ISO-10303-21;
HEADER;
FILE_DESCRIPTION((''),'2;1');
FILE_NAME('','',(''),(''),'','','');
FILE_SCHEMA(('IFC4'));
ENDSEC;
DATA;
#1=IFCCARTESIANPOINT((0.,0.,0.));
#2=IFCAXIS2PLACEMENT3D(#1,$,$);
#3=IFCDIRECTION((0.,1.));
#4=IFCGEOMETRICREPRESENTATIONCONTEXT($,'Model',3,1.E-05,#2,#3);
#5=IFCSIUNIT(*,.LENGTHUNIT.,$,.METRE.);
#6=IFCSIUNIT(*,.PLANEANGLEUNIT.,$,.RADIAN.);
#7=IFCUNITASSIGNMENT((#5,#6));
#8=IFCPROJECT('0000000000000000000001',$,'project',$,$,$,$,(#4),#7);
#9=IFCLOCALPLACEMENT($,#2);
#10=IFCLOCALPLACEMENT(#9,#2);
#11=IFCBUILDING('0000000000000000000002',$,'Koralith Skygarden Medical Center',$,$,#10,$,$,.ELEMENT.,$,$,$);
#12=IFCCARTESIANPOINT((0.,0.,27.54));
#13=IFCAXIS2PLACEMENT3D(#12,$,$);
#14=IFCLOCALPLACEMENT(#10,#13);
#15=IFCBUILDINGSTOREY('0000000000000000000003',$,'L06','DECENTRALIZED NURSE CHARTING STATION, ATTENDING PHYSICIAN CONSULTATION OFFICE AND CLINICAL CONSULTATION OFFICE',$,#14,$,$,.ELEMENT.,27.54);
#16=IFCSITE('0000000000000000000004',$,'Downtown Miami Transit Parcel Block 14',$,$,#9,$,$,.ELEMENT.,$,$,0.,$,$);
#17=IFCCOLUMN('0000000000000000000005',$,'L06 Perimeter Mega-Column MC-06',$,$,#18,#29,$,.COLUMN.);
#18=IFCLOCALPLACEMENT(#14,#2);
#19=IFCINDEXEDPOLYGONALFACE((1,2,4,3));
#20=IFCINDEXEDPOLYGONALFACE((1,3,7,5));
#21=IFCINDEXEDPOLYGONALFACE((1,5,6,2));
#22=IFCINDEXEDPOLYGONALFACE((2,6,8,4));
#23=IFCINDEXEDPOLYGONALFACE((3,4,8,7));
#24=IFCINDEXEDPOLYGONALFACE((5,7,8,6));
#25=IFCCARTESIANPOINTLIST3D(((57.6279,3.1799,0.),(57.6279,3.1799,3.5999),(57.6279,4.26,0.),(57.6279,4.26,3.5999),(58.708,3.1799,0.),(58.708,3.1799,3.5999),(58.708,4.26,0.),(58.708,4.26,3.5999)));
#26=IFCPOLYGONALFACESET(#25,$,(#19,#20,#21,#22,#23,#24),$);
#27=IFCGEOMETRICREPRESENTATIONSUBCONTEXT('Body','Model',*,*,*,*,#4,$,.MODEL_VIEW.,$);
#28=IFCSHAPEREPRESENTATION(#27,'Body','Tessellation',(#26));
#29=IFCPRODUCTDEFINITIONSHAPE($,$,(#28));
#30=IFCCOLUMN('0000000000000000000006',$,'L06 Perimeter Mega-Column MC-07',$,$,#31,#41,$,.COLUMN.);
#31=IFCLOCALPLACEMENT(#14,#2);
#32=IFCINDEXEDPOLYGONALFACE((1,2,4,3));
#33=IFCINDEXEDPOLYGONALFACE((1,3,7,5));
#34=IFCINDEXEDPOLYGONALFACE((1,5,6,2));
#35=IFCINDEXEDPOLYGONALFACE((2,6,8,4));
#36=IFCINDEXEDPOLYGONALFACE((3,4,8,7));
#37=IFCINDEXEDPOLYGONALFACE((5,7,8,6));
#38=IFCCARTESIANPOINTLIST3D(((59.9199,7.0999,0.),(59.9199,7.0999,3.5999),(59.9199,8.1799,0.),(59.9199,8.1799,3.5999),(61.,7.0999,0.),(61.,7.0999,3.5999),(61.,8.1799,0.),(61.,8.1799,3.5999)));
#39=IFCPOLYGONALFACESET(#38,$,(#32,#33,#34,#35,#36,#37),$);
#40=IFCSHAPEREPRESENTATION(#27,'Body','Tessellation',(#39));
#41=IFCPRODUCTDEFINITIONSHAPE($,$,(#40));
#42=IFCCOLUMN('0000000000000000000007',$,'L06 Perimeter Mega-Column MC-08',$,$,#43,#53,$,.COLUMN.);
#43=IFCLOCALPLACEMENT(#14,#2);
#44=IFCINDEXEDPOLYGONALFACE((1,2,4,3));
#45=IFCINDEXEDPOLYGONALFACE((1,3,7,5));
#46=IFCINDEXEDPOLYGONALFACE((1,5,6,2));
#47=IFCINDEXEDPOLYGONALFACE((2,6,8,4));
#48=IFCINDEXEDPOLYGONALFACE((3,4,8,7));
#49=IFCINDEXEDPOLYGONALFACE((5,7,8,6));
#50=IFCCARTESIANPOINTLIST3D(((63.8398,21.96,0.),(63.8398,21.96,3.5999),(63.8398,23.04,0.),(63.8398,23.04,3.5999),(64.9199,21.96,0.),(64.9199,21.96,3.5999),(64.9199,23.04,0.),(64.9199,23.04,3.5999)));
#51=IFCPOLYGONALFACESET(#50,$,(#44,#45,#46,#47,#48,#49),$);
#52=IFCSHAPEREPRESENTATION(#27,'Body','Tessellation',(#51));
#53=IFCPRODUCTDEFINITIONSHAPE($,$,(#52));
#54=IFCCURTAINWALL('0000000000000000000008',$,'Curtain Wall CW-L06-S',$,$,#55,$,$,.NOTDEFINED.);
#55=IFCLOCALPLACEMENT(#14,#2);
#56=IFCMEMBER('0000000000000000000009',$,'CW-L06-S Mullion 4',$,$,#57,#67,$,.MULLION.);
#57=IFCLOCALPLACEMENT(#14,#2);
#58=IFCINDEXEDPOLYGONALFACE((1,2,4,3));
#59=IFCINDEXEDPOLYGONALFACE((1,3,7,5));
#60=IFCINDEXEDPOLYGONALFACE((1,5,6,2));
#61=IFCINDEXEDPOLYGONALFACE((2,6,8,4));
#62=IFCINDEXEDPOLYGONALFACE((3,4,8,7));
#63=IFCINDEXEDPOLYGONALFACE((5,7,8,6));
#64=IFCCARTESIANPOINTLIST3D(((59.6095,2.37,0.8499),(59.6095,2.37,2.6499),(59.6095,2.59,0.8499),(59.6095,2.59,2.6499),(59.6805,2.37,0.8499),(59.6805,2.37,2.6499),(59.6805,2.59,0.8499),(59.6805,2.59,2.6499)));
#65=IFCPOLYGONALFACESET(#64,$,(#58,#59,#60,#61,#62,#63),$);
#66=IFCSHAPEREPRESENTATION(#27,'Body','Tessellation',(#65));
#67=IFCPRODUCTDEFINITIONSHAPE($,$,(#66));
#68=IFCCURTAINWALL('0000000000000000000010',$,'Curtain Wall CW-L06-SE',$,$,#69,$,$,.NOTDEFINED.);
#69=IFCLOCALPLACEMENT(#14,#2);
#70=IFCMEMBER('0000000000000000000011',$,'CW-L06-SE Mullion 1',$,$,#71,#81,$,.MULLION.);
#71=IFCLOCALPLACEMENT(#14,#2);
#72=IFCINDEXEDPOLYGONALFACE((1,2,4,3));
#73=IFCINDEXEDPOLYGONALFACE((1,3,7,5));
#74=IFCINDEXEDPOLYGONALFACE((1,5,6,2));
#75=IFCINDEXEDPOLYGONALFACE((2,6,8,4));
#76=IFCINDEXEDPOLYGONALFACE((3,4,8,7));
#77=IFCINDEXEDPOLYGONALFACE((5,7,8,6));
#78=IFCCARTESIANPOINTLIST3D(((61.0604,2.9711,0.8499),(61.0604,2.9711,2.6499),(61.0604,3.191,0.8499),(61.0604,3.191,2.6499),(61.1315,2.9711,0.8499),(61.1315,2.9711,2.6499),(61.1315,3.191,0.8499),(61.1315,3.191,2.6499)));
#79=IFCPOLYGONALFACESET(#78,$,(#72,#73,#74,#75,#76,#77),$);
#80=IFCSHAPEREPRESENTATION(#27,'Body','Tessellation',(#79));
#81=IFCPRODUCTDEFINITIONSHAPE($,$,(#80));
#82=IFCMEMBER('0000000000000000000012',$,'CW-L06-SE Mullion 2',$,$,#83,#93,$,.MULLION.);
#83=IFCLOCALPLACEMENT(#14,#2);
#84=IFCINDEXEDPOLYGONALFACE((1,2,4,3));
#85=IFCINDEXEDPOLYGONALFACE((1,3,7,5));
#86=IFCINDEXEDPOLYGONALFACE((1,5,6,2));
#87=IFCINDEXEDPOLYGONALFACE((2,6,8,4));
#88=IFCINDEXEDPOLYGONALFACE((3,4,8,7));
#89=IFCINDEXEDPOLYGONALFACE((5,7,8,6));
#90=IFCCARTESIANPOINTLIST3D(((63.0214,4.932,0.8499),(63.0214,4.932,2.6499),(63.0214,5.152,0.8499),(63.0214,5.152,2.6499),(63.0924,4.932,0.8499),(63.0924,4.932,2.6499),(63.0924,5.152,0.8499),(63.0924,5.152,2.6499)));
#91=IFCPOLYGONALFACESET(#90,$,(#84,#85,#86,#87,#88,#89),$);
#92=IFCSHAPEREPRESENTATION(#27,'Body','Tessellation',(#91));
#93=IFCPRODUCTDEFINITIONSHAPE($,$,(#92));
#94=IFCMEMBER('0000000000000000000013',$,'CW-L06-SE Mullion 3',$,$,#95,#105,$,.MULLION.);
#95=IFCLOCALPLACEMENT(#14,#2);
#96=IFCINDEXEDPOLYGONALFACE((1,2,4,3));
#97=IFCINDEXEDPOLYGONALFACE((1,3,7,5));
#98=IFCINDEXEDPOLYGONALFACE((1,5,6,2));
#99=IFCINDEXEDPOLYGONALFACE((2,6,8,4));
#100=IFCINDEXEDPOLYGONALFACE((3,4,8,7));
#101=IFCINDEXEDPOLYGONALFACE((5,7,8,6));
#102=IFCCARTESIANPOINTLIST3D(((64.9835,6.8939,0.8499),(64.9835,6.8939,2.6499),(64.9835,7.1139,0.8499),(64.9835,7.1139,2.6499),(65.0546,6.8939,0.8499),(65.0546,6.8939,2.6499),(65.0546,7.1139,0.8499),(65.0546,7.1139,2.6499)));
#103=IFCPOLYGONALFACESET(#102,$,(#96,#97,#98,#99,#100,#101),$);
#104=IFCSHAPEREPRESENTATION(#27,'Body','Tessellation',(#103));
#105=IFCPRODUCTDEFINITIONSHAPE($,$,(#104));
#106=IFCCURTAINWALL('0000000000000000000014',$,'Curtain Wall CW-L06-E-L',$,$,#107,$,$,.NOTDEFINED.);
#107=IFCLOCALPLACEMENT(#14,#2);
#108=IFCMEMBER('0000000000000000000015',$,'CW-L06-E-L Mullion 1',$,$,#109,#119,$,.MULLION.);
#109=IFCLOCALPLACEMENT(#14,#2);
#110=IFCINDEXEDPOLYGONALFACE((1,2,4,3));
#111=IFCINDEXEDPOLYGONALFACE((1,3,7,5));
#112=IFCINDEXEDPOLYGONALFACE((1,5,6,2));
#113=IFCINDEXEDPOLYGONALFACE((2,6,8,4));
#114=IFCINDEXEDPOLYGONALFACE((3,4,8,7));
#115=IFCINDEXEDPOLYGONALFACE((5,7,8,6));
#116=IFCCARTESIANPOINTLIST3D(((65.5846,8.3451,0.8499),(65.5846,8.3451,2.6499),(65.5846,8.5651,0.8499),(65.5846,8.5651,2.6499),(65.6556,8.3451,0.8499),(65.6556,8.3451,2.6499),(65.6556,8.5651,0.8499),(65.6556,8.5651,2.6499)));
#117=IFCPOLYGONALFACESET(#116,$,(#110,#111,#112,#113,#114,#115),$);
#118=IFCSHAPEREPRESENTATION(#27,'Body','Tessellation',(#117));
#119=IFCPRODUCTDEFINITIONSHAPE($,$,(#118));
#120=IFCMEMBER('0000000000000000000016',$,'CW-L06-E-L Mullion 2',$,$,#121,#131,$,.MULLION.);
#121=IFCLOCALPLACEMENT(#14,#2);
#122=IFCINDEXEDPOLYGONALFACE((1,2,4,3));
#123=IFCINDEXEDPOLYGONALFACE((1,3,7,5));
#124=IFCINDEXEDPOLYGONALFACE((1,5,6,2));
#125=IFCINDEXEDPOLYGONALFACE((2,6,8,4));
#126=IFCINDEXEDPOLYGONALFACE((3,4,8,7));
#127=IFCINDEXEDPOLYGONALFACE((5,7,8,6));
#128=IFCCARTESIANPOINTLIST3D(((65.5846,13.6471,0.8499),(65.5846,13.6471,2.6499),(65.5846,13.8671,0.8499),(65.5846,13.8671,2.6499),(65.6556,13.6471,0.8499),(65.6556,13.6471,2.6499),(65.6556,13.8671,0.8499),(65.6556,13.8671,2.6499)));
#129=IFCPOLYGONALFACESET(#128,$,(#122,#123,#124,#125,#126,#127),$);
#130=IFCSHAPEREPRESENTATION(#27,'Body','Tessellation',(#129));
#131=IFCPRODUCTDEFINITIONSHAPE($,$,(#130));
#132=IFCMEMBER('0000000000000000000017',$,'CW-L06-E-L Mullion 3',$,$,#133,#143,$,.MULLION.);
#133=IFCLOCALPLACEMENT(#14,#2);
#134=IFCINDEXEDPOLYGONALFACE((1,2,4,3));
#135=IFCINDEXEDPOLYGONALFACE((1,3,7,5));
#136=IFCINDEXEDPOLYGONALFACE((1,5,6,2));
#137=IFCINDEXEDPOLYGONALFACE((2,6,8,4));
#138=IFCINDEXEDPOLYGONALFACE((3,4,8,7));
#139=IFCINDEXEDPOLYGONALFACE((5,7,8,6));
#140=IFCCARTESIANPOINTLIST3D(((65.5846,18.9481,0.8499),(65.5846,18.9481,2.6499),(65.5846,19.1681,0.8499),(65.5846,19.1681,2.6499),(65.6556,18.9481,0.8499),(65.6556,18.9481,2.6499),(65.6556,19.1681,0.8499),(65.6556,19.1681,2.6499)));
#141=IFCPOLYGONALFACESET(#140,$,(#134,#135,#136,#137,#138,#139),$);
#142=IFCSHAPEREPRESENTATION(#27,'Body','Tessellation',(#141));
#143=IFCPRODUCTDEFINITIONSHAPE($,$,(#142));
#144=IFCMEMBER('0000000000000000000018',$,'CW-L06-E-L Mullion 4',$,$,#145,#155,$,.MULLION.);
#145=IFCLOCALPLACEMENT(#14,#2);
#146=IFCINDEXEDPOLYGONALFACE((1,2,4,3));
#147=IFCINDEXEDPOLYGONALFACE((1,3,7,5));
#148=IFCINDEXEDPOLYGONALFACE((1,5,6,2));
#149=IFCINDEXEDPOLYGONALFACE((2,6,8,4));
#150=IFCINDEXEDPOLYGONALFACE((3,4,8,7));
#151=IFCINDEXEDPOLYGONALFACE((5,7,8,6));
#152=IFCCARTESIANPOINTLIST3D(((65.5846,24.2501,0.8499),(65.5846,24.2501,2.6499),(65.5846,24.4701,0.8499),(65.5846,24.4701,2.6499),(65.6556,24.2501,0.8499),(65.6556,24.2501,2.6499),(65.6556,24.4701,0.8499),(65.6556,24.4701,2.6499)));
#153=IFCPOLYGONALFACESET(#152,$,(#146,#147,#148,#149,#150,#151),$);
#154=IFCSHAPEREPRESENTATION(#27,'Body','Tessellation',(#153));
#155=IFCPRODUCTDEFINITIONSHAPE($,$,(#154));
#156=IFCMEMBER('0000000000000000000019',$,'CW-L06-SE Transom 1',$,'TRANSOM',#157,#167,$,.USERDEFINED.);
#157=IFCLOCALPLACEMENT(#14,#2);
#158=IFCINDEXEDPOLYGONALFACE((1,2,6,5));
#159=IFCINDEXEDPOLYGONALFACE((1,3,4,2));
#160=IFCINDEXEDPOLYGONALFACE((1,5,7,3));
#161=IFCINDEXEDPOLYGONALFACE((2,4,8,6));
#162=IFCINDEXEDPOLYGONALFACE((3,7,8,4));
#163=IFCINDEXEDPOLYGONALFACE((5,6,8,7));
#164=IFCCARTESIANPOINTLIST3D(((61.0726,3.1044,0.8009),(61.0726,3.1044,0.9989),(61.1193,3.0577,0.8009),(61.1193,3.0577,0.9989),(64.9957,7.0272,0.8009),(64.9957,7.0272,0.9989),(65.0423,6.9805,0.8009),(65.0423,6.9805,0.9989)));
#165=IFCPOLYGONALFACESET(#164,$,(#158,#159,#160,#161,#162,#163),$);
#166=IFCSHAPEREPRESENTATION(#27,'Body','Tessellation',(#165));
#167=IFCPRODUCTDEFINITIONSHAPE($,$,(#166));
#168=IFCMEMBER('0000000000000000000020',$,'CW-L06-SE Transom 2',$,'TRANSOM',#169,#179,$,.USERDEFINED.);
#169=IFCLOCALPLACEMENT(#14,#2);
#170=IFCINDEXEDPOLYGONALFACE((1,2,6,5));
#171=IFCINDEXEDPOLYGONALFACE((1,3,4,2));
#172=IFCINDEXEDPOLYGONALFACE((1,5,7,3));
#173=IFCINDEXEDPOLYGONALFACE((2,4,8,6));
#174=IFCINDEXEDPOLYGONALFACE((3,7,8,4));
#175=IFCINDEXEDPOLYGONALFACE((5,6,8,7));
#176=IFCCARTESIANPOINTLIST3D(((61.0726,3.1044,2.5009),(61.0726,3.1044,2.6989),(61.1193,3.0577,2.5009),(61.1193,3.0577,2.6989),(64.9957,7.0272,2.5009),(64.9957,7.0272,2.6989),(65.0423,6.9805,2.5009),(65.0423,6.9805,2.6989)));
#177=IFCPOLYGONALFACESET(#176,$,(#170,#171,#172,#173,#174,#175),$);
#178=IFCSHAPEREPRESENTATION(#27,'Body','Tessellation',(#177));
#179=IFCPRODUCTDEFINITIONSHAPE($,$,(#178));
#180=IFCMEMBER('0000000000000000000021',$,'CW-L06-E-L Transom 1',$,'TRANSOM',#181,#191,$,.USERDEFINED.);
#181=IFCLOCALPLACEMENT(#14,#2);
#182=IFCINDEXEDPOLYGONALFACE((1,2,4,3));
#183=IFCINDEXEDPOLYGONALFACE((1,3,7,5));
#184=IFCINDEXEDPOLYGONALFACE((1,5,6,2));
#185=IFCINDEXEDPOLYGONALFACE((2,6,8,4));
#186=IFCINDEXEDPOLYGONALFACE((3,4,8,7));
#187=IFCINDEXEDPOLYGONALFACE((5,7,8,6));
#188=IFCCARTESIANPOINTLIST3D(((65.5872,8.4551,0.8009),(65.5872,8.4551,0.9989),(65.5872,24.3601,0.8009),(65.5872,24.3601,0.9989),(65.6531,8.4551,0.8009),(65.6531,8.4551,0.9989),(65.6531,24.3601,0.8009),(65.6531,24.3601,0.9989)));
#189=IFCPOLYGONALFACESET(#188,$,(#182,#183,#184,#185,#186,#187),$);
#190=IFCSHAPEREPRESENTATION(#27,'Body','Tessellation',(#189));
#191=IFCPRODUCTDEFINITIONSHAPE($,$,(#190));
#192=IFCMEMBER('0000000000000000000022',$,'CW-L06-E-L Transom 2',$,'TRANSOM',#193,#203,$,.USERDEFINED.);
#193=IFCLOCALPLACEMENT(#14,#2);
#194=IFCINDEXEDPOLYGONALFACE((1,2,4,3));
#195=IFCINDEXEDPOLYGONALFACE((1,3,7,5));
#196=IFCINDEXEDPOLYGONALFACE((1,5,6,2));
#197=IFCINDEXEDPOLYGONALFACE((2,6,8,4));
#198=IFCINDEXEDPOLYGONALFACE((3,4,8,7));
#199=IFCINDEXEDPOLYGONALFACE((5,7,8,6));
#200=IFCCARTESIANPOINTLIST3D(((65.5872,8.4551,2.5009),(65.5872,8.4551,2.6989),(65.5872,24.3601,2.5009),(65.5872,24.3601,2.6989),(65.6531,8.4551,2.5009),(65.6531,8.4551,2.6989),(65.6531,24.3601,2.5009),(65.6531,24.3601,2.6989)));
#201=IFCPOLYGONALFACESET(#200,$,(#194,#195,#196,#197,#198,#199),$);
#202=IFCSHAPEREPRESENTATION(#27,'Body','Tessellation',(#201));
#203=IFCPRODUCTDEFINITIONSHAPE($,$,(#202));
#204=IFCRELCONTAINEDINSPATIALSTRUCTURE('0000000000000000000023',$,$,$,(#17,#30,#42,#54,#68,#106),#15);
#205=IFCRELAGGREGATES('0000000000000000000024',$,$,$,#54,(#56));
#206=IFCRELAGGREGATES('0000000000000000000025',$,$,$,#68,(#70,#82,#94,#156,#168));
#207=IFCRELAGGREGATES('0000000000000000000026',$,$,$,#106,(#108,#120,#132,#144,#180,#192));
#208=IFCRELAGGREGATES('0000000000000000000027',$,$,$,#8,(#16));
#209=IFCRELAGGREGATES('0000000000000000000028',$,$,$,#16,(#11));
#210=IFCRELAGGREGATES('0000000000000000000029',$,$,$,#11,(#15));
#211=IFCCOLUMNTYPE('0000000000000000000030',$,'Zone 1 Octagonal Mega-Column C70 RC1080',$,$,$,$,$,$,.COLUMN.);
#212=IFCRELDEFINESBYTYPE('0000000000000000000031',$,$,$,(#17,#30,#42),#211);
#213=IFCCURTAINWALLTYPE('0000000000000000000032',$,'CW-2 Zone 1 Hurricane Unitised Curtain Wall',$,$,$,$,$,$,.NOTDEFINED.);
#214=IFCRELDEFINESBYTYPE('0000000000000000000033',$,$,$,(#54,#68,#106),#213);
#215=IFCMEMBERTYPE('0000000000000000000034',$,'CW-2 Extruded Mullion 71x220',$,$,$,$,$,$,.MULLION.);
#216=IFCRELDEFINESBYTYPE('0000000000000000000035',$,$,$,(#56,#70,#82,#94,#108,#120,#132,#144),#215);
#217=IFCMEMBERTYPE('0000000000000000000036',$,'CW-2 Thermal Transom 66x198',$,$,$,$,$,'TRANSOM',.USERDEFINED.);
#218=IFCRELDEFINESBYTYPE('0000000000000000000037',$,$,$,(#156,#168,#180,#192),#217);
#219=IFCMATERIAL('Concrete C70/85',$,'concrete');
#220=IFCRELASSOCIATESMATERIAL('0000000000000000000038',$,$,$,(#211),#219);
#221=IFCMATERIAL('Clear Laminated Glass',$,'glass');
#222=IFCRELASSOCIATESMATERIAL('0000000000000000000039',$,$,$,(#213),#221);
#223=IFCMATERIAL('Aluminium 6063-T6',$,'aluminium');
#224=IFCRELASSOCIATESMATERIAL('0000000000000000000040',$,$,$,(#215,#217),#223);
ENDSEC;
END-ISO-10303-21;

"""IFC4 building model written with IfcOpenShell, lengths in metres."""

from ifc_helpers import new_model, si_unit, direction, frame, origin, origin_2d, place, context, subcontext, project, spatial, rectangle, extrude, material, material_profile, profile_set, type_object, element, aggregate, save


model = new_model("IFC4")

# Units and contexts
model_context = context("Model", 3, precision=1e-05, world=origin(), true_north=direction((0.0, 1.0)))
body_context = subcontext(model_context, "Body", "Model", "MODEL_VIEW")
ifc_project = project(units=[si_unit("LENGTHUNIT", "METRE"), si_unit("PLANEANGLEUNIT", "RADIAN")], contexts=[model_context])

# Site, building, storey
site_placement = place(None, origin())
site = spatial("IfcSite", under=ifc_project, at=site_placement, Name="Downtown Miami Transit Parcel Block 14", CompositionType="ELEMENT", RefElevation=0.0)
building_placement = place(site_placement, origin())
building = spatial("IfcBuilding", under=site, at=building_placement, Name="Koralith Skygarden Medical Center", CompositionType="ELEMENT")
storey_placement = place(building_placement, frame((0.0, 0.0, 27.54)))
storey = spatial("IfcBuildingStorey", under=building, at=storey_placement, Name="L06", Description="DECENTRALIZED NURSE CHARTING STATION, ATTENDING PHYSICIAN CONSULTATION OFFICE AND CLINICAL CONSULTATION OFFICE", CompositionType="ELEMENT", Elevation=27.54)

# Columns
ifc_material_1 = material(Name="Concrete C70/85", Category="concrete")
ifc_material_profile_1 = material_profile(ifc_material_1, rectangle(XDim=1.0801, YDim=1.0801, at=origin_2d()), Name="RC1080X1080")
ifc_profile_set_1 = profile_set([ifc_material_profile_1], Name="Concrete C70/85")
column_type = type_object("IfcColumnType", Name="Zone 1 Octagonal Mega-Column C70 RC1080", PredefinedType="COLUMN", material=ifc_profile_set_1)
for number, where, z_axis, x_axis, name in (
    (1, (58.168, 3.72, 0.0), (0.0, 0.0, 1.0), (1.0, 0.0, 0.0), "L06 Perimeter Mega-Column MC-06"),
    (2, (60.46, 7.6399, 0.0), (0.0, 0.0, 1.0), (1.0, 0.0, 0.0), "L06 Perimeter Mega-Column MC-07"),
    (3, (64.3799, 22.5, 0.0), (0.0, 0.0, 1.0), (1.0, 0.0, 0.0), "L06 Perimeter Mega-Column MC-08"),
):
    element("IfcColumn", number, at=place(storey_placement, frame(where, z_axis=z_axis, x_axis=x_axis)), inside=storey, type_object=column_type, Name=name, PredefinedType="COLUMN", context=body_context, shape_type="SweptSolid", body=[
        extrude(rectangle(XDim=1.0801, YDim=1.0801, at=origin_2d()), origin(), (0.0, 0.0, 1.0), 3.5999),
    ])

# Curtain wall, member
ifc_material_2 = material(Name="Clear Laminated Glass", Category="glass")
curtain_wall_type = type_object("IfcCurtainWallType", Name="CW-2 Zone 1 Hurricane Unitised Curtain Wall", PredefinedType="NOTDEFINED", material=ifc_material_2)
curtain_wall_1_placement = place(storey_placement, origin())
curtain_wall_1 = element("IfcCurtainWall", 4, at=curtain_wall_1_placement, inside=storey, type_object=curtain_wall_type, Name="Curtain Wall CW-L06-S", PredefinedType="NOTDEFINED")
ifc_material_3 = material(Name="Aluminium 6063-T6", Category="aluminium")
ifc_material_profile_2 = material_profile(ifc_material_3, rectangle(XDim=0.071, YDim=0.22, at=origin_2d()), Name="MUL71X220")
ifc_profile_set_2 = profile_set([ifc_material_profile_2], Name="Aluminium 6063-T6")
member_type_1 = type_object("IfcMemberType", Name="CW-2 Extruded Mullion 71x220", PredefinedType="MULLION", material=ifc_profile_set_2)
member_1_placement = place(storey_placement, frame((59.645, 2.48, 0.8499), z_axis=(0.0, 0.0, 1.0), x_axis=(1.0, 0.0, 0.0)))
member_1 = element("IfcMember", 5, at=member_1_placement, type_object=member_type_1, Name="CW-L06-S Mullion 4", PredefinedType="MULLION", context=body_context, shape_type="SweptSolid", body=[
    extrude(rectangle(XDim=0.071, YDim=0.22, at=origin_2d()), origin(), (0.0, 0.0, 1.0), 1.8),
])

# Curtain walls, members
curtain_wall_2_placement = place(storey_placement, origin())
curtain_wall_2 = element("IfcCurtainWall", 6, at=curtain_wall_2_placement, inside=storey, type_object=curtain_wall_type, Name="Curtain Wall CW-L06-SE", PredefinedType="NOTDEFINED")
member_2_placement = place(storey_placement, frame((61.0959, 3.0811, 0.8499), z_axis=(0.0, 0.0, 1.0), x_axis=(1.0, 0.0, 0.0)))
member_2 = element("IfcMember", 7, at=member_2_placement, type_object=member_type_1, Name="CW-L06-SE Mullion 1", PredefinedType="MULLION", context=body_context, shape_type="SweptSolid", body=[
    extrude(rectangle(XDim=0.071, YDim=0.22, at=origin_2d()), origin(), (0.0, 0.0, 1.0), 1.8),
])
member_3_placement = place(storey_placement, frame((63.0569, 5.042, 0.8499), z_axis=(0.0, 0.0, 1.0), x_axis=(1.0, 0.0, 0.0)))
member_3 = element("IfcMember", 8, at=member_3_placement, type_object=member_type_1, Name="CW-L06-SE Mullion 2", PredefinedType="MULLION", context=body_context, shape_type="SweptSolid", body=[
    extrude(rectangle(XDim=0.071, YDim=0.22, at=origin_2d()), origin(), (0.0, 0.0, 1.0), 1.8),
])
member_4_placement = place(storey_placement, frame((65.019, 7.0039, 0.8499), z_axis=(0.0, 0.0, 1.0), x_axis=(1.0, 0.0, 0.0)))
member_4 = element("IfcMember", 9, at=member_4_placement, type_object=member_type_1, Name="CW-L06-SE Mullion 3", PredefinedType="MULLION", context=body_context, shape_type="SweptSolid", body=[
    extrude(rectangle(XDim=0.071, YDim=0.22, at=origin_2d()), origin(), (0.0, 0.0, 1.0), 1.8),
])
curtain_wall_3_placement = place(storey_placement, origin())
curtain_wall_3 = element("IfcCurtainWall", 10, at=curtain_wall_3_placement, inside=storey, type_object=curtain_wall_type, Name="Curtain Wall CW-L06-E-L", PredefinedType="NOTDEFINED")
member_5_placement = place(storey_placement, frame((65.6201, 8.4551, 0.8499), z_axis=(0.0, 0.0, 1.0), x_axis=(1.0, 0.0, 0.0)))
member_5 = element("IfcMember", 11, at=member_5_placement, type_object=member_type_1, Name="CW-L06-E-L Mullion 1", PredefinedType="MULLION", context=body_context, shape_type="SweptSolid", body=[
    extrude(rectangle(XDim=0.071, YDim=0.22, at=origin_2d()), origin(), (0.0, 0.0, 1.0), 1.8),
])
member_6_placement = place(storey_placement, frame((65.6201, 13.7571, 0.8499), z_axis=(0.0, 0.0, 1.0), x_axis=(1.0, 0.0, 0.0)))
member_6 = element("IfcMember", 12, at=member_6_placement, type_object=member_type_1, Name="CW-L06-E-L Mullion 2", PredefinedType="MULLION", context=body_context, shape_type="SweptSolid", body=[
    extrude(rectangle(XDim=0.071, YDim=0.22, at=origin_2d()), origin(), (0.0, 0.0, 1.0), 1.8),
])
member_7_placement = place(storey_placement, frame((65.6201, 19.0581, 0.8499), z_axis=(0.0, 0.0, 1.0), x_axis=(1.0, 0.0, 0.0)))
member_7 = element("IfcMember", 13, at=member_7_placement, type_object=member_type_1, Name="CW-L06-E-L Mullion 3", PredefinedType="MULLION", context=body_context, shape_type="SweptSolid", body=[
    extrude(rectangle(XDim=0.071, YDim=0.22, at=origin_2d()), origin(), (0.0, 0.0, 1.0), 1.8),
])
member_8_placement = place(storey_placement, frame((65.6201, 24.3601, 0.8499), z_axis=(0.0, 0.0, 1.0), x_axis=(1.0, 0.0, 0.0)))
member_8 = element("IfcMember", 14, at=member_8_placement, type_object=member_type_1, Name="CW-L06-E-L Mullion 4", PredefinedType="MULLION", context=body_context, shape_type="SweptSolid", body=[
    extrude(rectangle(XDim=0.071, YDim=0.22, at=origin_2d()), origin(), (0.0, 0.0, 1.0), 1.8),
])

# Members
ifc_material_profile_3 = material_profile(ifc_material_3, rectangle(XDim=0.0659, YDim=0.198, at=origin_2d()), Name="TRN66X198")
ifc_profile_set_3 = profile_set([ifc_material_profile_3], Name="Aluminium 6063-T6")
member_type_2 = type_object("IfcMemberType", Name="CW-2 Thermal Transom 66x198", ElementType="TRANSOM", PredefinedType="USERDEFINED", material=ifc_profile_set_3)
member_9_placement = place(storey_placement, frame((61.0959, 3.0811, 0.8999), z_axis=(0.707129, 0.707085, 0.0), x_axis=(-0.707085, 0.707129, 0.0)))
member_9 = element("IfcMember", 15, at=member_9_placement, type_object=member_type_2, Name="CW-L06-SE Transom 1", ObjectType="TRANSOM", PredefinedType="USERDEFINED", context=body_context, shape_type="SweptSolid", body=[
    extrude(rectangle(XDim=0.0659, YDim=0.198, at=origin_2d()), origin(), (0.0, 0.0, 1.0), 5.5479),
])
member_10_placement = place(storey_placement, frame((61.0959, 3.0811, 2.5999), z_axis=(0.707129, 0.707085, 0.0), x_axis=(-0.707085, 0.707129, 0.0)))
member_10 = element("IfcMember", 16, at=member_10_placement, type_object=member_type_2, Name="CW-L06-SE Transom 2", ObjectType="TRANSOM", PredefinedType="USERDEFINED", context=body_context, shape_type="SweptSolid", body=[
    extrude(rectangle(XDim=0.0659, YDim=0.198, at=origin_2d()), origin(), (0.0, 0.0, 1.0), 5.5479),
])
member_11_placement = place(storey_placement, frame((65.6201, 8.4551, 0.8999), z_axis=(0.0, 1.0, 0.0), x_axis=(-1.0, 0.0, 0.0)))
member_11 = element("IfcMember", 17, at=member_11_placement, type_object=member_type_2, Name="CW-L06-E-L Transom 1", ObjectType="TRANSOM", PredefinedType="USERDEFINED", context=body_context, shape_type="SweptSolid", body=[
    extrude(rectangle(XDim=0.0659, YDim=0.198, at=origin_2d()), origin(), (0.0, 0.0, 1.0), 15.905),
])
member_12_placement = place(storey_placement, frame((65.6201, 8.4551, 2.5999), z_axis=(0.0, 1.0, 0.0), x_axis=(-1.0, 0.0, 0.0)))
member_12 = element("IfcMember", 18, at=member_12_placement, type_object=member_type_2, Name="CW-L06-E-L Transom 2", ObjectType="TRANSOM", PredefinedType="USERDEFINED", context=body_context, shape_type="SweptSolid", body=[
    extrude(rectangle(XDim=0.0659, YDim=0.198, at=origin_2d()), origin(), (0.0, 0.0, 1.0), 15.905),
])

aggregate(curtain_wall_1, [member_1])
aggregate(curtain_wall_2, [member_2, member_3, member_4, member_9, member_10])
aggregate(curtain_wall_3, [member_5, member_6, member_7, member_8, member_11, member_12])

save(model, "model.ifc")
